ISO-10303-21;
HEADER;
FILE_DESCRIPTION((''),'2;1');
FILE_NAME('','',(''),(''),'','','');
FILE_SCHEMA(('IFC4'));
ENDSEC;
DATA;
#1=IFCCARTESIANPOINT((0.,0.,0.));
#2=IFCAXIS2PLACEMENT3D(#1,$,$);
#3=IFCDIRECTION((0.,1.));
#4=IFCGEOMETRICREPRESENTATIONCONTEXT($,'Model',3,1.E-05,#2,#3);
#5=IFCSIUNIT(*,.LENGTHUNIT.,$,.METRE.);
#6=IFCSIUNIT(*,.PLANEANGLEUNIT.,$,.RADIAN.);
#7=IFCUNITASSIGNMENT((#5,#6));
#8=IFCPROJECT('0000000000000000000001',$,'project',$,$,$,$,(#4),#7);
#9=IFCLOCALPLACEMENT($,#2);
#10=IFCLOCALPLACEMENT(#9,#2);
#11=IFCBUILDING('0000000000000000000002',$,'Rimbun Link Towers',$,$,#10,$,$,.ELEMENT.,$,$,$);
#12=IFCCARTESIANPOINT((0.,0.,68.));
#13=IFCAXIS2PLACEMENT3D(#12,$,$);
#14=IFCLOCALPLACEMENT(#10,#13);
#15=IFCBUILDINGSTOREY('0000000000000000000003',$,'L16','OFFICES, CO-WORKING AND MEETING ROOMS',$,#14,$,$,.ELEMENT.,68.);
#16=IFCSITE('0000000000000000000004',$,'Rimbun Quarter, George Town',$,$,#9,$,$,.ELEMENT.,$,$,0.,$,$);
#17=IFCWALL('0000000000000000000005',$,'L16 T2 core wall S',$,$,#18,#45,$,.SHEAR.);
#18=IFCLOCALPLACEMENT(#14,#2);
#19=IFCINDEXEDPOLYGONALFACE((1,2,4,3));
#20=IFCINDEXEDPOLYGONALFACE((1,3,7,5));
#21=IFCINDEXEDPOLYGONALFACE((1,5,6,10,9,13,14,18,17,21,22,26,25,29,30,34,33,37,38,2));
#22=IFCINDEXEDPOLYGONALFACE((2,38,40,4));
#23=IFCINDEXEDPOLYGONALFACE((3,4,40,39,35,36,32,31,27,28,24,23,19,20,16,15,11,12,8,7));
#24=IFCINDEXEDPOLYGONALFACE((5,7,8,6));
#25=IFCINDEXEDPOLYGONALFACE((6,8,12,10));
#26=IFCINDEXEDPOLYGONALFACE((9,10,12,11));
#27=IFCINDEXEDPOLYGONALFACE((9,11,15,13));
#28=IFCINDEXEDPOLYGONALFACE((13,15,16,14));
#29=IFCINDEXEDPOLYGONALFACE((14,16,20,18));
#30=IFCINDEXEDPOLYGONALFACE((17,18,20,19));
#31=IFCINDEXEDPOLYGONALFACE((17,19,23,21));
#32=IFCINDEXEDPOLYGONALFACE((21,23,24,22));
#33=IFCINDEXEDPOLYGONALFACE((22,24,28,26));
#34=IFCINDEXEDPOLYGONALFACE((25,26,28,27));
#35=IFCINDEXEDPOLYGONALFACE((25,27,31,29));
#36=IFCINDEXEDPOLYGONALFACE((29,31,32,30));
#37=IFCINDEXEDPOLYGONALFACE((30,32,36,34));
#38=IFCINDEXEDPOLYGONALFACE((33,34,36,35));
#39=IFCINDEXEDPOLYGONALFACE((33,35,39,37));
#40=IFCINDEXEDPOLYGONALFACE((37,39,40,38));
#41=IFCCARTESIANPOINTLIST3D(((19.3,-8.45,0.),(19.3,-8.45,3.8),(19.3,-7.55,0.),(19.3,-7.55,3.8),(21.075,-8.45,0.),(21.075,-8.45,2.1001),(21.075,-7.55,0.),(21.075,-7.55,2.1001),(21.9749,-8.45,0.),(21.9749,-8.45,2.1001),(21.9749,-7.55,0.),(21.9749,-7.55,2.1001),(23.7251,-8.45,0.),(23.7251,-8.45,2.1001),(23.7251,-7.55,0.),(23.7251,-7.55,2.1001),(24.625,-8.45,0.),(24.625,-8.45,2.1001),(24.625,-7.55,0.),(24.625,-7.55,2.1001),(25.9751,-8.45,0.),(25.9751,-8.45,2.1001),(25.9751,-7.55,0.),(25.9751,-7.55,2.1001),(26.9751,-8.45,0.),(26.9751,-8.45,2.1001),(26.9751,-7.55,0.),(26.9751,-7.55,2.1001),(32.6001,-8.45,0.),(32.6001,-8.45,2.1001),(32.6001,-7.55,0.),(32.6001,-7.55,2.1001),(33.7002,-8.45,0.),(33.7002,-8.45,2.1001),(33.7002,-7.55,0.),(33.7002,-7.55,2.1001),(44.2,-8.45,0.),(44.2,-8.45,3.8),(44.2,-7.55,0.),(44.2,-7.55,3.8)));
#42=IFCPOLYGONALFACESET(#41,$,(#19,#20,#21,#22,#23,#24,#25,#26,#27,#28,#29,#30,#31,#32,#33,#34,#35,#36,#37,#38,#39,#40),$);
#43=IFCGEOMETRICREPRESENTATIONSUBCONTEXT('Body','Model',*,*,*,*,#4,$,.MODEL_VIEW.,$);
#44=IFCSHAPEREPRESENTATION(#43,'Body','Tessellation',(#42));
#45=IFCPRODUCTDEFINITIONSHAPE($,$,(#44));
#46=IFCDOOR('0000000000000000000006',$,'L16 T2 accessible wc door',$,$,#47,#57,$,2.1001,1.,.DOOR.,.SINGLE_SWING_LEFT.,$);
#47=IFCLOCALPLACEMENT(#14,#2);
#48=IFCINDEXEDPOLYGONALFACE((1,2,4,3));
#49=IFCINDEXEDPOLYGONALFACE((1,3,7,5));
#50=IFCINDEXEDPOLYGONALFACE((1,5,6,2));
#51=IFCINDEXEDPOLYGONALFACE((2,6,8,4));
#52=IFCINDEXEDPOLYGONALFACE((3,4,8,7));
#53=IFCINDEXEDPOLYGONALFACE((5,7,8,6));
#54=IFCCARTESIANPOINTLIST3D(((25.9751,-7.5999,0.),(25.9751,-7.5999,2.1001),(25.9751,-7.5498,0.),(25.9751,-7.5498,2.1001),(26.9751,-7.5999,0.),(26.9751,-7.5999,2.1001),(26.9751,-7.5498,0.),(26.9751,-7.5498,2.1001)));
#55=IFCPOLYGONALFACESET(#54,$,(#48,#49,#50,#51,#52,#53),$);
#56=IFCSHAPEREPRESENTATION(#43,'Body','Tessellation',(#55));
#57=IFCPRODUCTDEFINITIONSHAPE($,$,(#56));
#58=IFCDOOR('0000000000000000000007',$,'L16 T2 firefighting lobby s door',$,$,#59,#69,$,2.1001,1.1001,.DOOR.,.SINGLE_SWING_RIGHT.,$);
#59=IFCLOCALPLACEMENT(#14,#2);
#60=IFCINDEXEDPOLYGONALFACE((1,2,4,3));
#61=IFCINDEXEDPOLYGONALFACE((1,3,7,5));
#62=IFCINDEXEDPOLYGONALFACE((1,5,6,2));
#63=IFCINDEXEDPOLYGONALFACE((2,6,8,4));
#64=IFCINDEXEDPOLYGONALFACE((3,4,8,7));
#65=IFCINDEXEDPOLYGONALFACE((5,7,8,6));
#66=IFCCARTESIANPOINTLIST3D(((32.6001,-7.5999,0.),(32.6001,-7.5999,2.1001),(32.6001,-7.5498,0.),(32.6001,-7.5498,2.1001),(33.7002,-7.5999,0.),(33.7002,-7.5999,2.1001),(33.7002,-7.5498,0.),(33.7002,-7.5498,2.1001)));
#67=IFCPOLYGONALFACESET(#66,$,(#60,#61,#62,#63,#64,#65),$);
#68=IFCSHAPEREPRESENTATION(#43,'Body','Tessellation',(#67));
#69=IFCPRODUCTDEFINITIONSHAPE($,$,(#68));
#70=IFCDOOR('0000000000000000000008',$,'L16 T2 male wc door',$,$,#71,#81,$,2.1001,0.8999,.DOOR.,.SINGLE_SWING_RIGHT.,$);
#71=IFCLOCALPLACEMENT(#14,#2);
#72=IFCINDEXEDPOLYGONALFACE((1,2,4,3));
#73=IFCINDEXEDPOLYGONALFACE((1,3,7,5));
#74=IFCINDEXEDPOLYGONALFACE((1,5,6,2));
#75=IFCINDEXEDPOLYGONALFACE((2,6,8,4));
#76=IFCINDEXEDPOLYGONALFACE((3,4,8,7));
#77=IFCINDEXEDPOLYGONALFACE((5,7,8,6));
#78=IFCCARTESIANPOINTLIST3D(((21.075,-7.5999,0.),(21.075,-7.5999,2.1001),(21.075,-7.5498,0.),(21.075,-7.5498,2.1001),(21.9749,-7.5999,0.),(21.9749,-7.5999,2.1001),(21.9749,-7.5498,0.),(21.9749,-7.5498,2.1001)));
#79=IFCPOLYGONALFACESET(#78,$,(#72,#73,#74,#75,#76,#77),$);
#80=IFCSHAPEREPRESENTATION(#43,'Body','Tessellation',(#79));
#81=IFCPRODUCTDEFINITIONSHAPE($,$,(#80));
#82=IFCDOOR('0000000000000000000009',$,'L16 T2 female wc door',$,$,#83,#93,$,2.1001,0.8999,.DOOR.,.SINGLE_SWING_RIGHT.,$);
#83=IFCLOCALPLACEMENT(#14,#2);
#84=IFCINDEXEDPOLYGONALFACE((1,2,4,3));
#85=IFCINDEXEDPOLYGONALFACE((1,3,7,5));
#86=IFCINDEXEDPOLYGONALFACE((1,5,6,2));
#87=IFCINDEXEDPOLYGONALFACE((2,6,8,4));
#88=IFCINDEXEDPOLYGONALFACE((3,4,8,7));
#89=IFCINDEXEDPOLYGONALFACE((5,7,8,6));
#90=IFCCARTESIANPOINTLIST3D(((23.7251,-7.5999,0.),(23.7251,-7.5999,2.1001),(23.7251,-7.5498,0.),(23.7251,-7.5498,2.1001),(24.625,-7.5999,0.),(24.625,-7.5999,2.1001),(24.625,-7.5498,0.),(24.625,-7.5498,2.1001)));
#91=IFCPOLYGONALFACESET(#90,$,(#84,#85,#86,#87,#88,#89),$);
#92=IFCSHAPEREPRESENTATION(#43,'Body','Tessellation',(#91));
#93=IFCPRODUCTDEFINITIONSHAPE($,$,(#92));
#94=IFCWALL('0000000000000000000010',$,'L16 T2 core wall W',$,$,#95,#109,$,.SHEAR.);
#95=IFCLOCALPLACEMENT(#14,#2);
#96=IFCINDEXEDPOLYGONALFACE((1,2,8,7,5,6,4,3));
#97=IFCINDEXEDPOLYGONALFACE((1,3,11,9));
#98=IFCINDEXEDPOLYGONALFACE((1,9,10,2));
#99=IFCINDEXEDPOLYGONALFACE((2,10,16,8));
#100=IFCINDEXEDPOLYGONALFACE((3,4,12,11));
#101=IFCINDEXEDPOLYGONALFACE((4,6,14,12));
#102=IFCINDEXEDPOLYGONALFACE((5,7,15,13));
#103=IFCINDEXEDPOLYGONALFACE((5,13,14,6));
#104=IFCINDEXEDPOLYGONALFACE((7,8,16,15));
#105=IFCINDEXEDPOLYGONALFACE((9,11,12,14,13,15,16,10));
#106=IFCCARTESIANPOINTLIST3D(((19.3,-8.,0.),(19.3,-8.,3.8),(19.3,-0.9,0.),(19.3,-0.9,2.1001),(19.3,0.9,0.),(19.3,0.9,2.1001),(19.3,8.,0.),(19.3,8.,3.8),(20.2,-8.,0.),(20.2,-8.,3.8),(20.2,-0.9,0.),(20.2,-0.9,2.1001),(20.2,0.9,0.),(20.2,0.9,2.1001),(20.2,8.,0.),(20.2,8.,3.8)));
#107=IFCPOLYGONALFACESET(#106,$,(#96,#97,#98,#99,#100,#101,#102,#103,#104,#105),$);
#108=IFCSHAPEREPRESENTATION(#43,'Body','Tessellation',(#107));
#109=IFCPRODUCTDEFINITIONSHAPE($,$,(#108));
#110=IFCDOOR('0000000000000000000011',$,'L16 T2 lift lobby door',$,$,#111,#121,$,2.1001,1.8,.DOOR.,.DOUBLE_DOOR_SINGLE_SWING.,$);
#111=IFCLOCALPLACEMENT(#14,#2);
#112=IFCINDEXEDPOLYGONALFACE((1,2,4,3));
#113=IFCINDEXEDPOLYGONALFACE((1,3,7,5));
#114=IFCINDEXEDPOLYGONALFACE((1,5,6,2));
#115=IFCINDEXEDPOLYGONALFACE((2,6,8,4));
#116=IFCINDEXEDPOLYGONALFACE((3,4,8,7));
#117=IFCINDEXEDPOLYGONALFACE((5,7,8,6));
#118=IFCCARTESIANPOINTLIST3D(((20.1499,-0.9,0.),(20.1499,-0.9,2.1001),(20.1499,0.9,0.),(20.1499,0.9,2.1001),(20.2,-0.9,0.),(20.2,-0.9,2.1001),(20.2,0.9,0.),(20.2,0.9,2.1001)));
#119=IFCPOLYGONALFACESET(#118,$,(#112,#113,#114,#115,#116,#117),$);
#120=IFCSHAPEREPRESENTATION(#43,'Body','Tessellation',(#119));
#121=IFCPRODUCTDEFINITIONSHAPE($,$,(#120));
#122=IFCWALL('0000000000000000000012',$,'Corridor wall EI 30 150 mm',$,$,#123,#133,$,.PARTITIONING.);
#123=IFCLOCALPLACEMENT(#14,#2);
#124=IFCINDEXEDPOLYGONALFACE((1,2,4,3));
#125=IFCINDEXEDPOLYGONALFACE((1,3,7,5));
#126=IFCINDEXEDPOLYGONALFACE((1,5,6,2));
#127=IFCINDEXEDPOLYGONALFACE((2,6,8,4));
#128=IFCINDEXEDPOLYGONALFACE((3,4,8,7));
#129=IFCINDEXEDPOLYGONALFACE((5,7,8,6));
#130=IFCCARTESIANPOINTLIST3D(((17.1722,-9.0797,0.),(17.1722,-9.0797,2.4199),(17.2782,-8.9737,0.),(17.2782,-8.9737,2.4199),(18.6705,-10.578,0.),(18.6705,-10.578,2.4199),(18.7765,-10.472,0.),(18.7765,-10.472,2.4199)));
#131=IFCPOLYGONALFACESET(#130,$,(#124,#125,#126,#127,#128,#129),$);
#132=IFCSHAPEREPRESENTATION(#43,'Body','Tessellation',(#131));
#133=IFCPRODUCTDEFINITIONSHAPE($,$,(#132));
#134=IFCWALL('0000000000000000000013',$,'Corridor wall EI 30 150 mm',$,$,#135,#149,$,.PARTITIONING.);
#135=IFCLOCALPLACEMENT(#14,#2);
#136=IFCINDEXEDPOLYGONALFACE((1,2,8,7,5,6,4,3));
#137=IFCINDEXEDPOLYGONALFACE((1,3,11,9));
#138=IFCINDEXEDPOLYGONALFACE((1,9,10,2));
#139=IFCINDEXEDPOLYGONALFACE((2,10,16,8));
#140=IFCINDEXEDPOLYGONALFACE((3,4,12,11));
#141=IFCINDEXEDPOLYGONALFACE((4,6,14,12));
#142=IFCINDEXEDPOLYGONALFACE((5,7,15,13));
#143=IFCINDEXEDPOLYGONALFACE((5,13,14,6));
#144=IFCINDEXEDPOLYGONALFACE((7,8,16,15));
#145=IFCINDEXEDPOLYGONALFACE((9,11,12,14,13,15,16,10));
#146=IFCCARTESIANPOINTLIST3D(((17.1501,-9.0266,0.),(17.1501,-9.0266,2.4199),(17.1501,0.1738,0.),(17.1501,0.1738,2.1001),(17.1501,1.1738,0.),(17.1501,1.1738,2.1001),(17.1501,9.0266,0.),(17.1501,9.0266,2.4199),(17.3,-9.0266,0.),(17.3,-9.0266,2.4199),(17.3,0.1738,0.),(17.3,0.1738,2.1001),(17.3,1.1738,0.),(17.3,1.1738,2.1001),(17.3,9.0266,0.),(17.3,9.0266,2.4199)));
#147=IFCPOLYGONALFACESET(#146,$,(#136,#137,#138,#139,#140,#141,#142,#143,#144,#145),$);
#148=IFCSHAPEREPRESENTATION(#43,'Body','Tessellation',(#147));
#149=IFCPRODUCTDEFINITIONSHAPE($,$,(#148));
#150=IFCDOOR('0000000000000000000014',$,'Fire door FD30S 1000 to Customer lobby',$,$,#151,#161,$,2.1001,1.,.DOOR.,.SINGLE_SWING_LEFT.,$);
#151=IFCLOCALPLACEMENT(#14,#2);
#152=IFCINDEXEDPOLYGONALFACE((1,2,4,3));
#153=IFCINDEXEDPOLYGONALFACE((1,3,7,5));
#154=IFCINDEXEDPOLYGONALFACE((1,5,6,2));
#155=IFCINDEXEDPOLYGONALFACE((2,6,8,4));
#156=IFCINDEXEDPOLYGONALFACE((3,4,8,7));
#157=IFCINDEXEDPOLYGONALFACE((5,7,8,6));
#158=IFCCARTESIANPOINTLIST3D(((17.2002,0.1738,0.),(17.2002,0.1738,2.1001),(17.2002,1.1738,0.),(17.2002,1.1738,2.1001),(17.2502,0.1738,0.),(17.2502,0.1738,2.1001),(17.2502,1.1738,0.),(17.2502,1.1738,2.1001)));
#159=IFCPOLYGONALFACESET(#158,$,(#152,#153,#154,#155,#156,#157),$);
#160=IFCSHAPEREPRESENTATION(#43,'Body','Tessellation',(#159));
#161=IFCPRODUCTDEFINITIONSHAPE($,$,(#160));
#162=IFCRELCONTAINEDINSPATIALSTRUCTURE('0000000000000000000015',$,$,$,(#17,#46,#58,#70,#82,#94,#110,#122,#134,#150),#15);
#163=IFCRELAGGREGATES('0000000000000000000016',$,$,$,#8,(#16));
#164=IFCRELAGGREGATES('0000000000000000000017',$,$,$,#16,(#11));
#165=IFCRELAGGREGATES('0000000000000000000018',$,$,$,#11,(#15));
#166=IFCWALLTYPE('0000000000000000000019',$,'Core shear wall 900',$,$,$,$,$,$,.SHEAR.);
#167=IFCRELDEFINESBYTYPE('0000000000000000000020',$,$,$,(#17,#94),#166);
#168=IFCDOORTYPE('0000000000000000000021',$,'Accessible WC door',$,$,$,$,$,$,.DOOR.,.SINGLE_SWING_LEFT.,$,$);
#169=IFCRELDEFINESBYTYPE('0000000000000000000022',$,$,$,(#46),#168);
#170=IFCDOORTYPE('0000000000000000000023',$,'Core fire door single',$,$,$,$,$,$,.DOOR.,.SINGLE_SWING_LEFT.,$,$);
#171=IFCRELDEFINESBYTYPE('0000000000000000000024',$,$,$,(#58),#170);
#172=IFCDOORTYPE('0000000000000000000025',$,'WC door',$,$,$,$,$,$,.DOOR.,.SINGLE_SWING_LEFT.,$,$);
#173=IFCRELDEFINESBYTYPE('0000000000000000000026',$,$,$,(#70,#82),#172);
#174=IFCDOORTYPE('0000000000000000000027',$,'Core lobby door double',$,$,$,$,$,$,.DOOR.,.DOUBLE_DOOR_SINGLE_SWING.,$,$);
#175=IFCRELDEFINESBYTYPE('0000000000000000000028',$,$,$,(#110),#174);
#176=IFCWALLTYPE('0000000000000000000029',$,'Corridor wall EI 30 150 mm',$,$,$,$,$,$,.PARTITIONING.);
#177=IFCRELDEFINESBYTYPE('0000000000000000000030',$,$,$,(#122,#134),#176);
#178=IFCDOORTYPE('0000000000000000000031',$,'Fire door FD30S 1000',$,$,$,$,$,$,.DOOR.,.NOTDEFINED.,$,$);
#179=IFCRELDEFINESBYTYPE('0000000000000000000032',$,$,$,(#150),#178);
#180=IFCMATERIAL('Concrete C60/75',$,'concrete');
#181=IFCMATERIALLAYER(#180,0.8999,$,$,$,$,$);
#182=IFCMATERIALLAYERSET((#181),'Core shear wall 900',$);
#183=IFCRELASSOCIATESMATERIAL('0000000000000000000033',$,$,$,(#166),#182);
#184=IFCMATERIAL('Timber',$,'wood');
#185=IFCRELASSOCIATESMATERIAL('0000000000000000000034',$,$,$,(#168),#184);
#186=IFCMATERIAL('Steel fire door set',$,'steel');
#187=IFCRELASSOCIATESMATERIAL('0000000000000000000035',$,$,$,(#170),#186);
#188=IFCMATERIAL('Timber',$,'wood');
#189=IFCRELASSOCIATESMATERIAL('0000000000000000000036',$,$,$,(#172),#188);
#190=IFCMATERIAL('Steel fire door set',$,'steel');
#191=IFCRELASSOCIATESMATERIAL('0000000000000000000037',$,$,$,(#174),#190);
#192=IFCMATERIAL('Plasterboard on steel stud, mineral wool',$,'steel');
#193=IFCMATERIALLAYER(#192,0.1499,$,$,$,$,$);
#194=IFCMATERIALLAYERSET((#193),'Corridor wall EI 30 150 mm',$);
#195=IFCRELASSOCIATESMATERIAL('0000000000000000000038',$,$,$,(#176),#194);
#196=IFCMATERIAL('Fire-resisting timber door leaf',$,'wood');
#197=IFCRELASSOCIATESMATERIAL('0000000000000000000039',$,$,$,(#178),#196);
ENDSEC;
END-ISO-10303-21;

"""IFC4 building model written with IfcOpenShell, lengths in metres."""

from ifc_helpers import new_model, si_unit, direction, frame, frame_2d, origin, place, context, subcontext, project, spatial, rectangle, extrude, material, layer, layer_set, type_object, element, fill, save


model = new_model("IFC4")

# Units and contexts
model_context = context("Model", 3, precision=1e-05, world=origin(), true_north=direction((0.0, 1.0)))
body_context = subcontext(model_context, "Body", "Model", "MODEL_VIEW")
ifc_project = project(units=[si_unit("LENGTHUNIT", "METRE"), si_unit("PLANEANGLEUNIT", "RADIAN")], contexts=[model_context])

# Site, building, storey
site_placement = place(None, origin())
site = spatial("IfcSite", under=ifc_project, at=site_placement, Name="Rimbun Quarter, George Town", CompositionType="ELEMENT", RefElevation=0.0)
building_placement = place(site_placement, origin())
building = spatial("IfcBuilding", under=site, at=building_placement, Name="Rimbun Link Towers", CompositionType="ELEMENT")
storey_placement = place(building_placement, frame((0.0, 0.0, 68.0)))
storey = spatial("IfcBuildingStorey", under=building, at=storey_placement, Name="L16", Description="OFFICES, CO-WORKING AND MEETING ROOMS", CompositionType="ELEMENT", Elevation=68.0)

# Wall, openings, doors
ifc_material_1 = material(Name="Concrete C60/75", Category="concrete")
ifc_layer_1 = layer(ifc_material_1, 0.8999)
ifc_layer_set_1 = layer_set([ifc_layer_1], Name="Core shear wall 900")
wall_type_1 = type_object("IfcWallType", Name="Core shear wall 900", PredefinedType="SHEAR", material=ifc_layer_set_1)
wall_1_placement = place(storey_placement, frame((19.3, -8.0, 0.0), z_axis=(0.0, 0.0, 1.0), x_axis=(1.0, 0.0, 0.0)))
wall_1 = element("IfcWall", 1, at=wall_1_placement, inside=storey, type_object=wall_type_1, Name="L16 T2 core wall S", PredefinedType="SHEAR", context=body_context, shape_type="SweptSolid", body=[
    extrude(rectangle(XDim=24.8999, YDim=0.8999, at=frame_2d((12.45, 0.0))), origin(), (0.0, 0.0, 1.0), 3.8),
])
opening_1_placement = place(wall_1_placement, frame((13.3, 0.0, 0.0)))
opening_1 = element("IfcOpeningElement", 2, at=opening_1_placement, cuts=wall_1, PredefinedType="OPENING", context=body_context, shape_type="SweptSolid", body=[
    extrude(rectangle(XDim=1.1001, YDim=2.1001, at=frame_2d((0.55, 1.05))), frame((0.0, 0.46, 0.0), z_axis=(0.0, -1.0, 0.0), x_axis=(1.0, 0.0, 0.0)), (0.0, 0.0, 1.0), 0.9199),
])
opening_2_placement = place(wall_1_placement, frame((1.7749, 0.0, 0.0)))
opening_2 = element("IfcOpeningElement", 3, at=opening_2_placement, cuts=wall_1, PredefinedType="OPENING", context=body_context, shape_type="SweptSolid", body=[
    extrude(rectangle(XDim=0.8999, YDim=2.1001, at=frame_2d((0.45, 1.05))), frame((0.0, 0.46, 0.0), z_axis=(0.0, -1.0, 0.0), x_axis=(1.0, 0.0, 0.0)), (0.0, 0.0, 1.0), 0.9199),
])
opening_3_placement = place(wall_1_placement, frame((4.425, 0.0, 0.0)))
opening_3 = element("IfcOpeningElement", 4, at=opening_3_placement, cuts=wall_1, PredefinedType="OPENING", context=body_context, shape_type="SweptSolid", body=[
    extrude(rectangle(XDim=0.8999, YDim=2.1001, at=frame_2d((0.45, 1.05))), frame((0.0, 0.46, 0.0), z_axis=(0.0, -1.0, 0.0), x_axis=(1.0, 0.0, 0.0)), (0.0, 0.0, 1.0), 0.9199),
])
opening_4_placement = place(wall_1_placement, frame((6.675, 0.0, 0.0)))
opening_4 = element("IfcOpeningElement", 5, at=opening_4_placement, cuts=wall_1, PredefinedType="OPENING", context=body_context, shape_type="SweptSolid", body=[
    extrude(rectangle(XDim=1.0, YDim=2.1001, at=frame_2d((0.5, 1.05))), frame((0.0, 0.46, 0.0), z_axis=(0.0, -1.0, 0.0), x_axis=(1.0, 0.0, 0.0)), (0.0, 0.0, 1.0), 0.9199),
])
ifc_material_2 = material(Name="Timber", Category="wood")
door_type_1 = type_object("IfcDoorType", Name="Accessible WC door", OperationType="SINGLE_SWING_LEFT", PredefinedType="DOOR", material=ifc_material_2)
door_1_placement = place(opening_4_placement, origin())
door_1 = element("IfcDoor", 6, at=door_1_placement, inside=storey, type_object=door_type_1, Name="L16 T2 accessible wc door", OperationType="SINGLE_SWING_LEFT", OverallHeight=2.1001, OverallWidth=1.0, PredefinedType="DOOR", context=body_context, shape_type="SweptSolid", body=[
    extrude(rectangle(XDim=1.0, YDim=2.1001, at=frame_2d((0.5, 1.05))), frame((0.0, 0.4502, 0.0), z_axis=(0.0, -1.0, 0.0), x_axis=(1.0, 0.0, 0.0)), (0.0, 0.0, 1.0), 0.05),
])
fill(opening_4, door_1)
ifc_material_3 = material(Name="Steel fire door set", Category="steel")
door_type_2 = type_object("IfcDoorType", Name="Core fire door single", OperationType="SINGLE_SWING_LEFT", PredefinedType="DOOR", material=ifc_material_3)
door_2_placement = place(opening_1_placement, origin())
door_2 = element("IfcDoor", 7, at=door_2_placement, inside=storey, type_object=door_type_2, Name="L16 T2 firefighting lobby s door", OperationType="SINGLE_SWING_RIGHT", OverallHeight=2.1001, OverallWidth=1.1001, PredefinedType="DOOR", context=body_context, shape_type="SweptSolid", body=[
    extrude(rectangle(XDim=1.1001, YDim=2.1001, at=frame_2d((0.55, 1.05))), frame((0.0, 0.4502, 0.0), z_axis=(0.0, -1.0, 0.0), x_axis=(1.0, 0.0, 0.0)), (0.0, 0.0, 1.0), 0.05),
])
fill(opening_1, door_2)
ifc_material_4 = material(Name="Timber", Category="wood")
door_type_3 = type_object("IfcDoorType", Name="WC door", OperationType="SINGLE_SWING_LEFT", PredefinedType="DOOR", material=ifc_material_4)
door_3_placement = place(opening_2_placement, origin())
door_3 = element("IfcDoor", 8, at=door_3_placement, inside=storey, type_object=door_type_3, Name="L16 T2 male wc door", OperationType="SINGLE_SWING_RIGHT", OverallHeight=2.1001, OverallWidth=0.8999, PredefinedType="DOOR", context=body_context, shape_type="SweptSolid", body=[
    extrude(rectangle(XDim=0.8999, YDim=2.1001, at=frame_2d((0.45, 1.05))), frame((0.0, 0.4502, 0.0), z_axis=(0.0, -1.0, 0.0), x_axis=(1.0, 0.0, 0.0)), (0.0, 0.0, 1.0), 0.05),
])
fill(opening_2, door_3)
door_4_placement = place(opening_3_placement, origin())
door_4 = element("IfcDoor", 9, at=door_4_placement, inside=storey, type_object=door_type_3, Name="L16 T2 female wc door", OperationType="SINGLE_SWING_RIGHT", OverallHeight=2.1001, OverallWidth=0.8999, PredefinedType="DOOR", context=body_context, shape_type="SweptSolid", body=[
    extrude(rectangle(XDim=0.8999, YDim=2.1001, at=frame_2d((0.45, 1.05))), frame((0.0, 0.4502, 0.0), z_axis=(0.0, -1.0, 0.0), x_axis=(1.0, 0.0, 0.0)), (0.0, 0.0, 1.0), 0.05),
])
fill(opening_3, door_4)

# Wall, opening, door
wall_2_placement = place(storey_placement, frame((19.75, -8.0, 0.0), z_axis=(0.0, 0.0, 1.0), x_axis=(0.0, 1.0, 0.0)))
wall_2 = element("IfcWall", 10, at=wall_2_placement, inside=storey, type_object=wall_type_1, Name="L16 T2 core wall W", PredefinedType="SHEAR", context=body_context, shape_type="SweptSolid", body=[
    extrude(rectangle(XDim=16.0, YDim=0.8999, at=frame_2d((8.0, 0.0))), origin(), (0.0, 0.0, 1.0), 3.8),
])
opening_5_placement = place(wall_2_placement, frame((7.1001, 0.0, 0.0)))
opening_5 = element("IfcOpeningElement", 11, at=opening_5_placement, cuts=wall_2, PredefinedType="OPENING", context=body_context, shape_type="SweptSolid", body=[
    extrude(rectangle(XDim=1.8, YDim=2.1001, at=frame_2d((0.8999, 1.05))), frame((0.0, 0.46, 0.0), z_axis=(0.0, -1.0, 0.0), x_axis=(1.0, 0.0, 0.0)), (0.0, 0.0, 1.0), 0.9199),
])
ifc_material_5 = material(Name="Steel fire door set", Category="steel")
door_type_4 = type_object("IfcDoorType", Name="Core lobby door double", OperationType="DOUBLE_DOOR_SINGLE_SWING", PredefinedType="DOOR", material=ifc_material_5)
door_5_placement = place(opening_5_placement, origin())
door_5 = element("IfcDoor", 12, at=door_5_placement, inside=storey, type_object=door_type_4, Name="L16 T2 lift lobby door", OperationType="DOUBLE_DOOR_SINGLE_SWING", OverallHeight=2.1001, OverallWidth=1.8, PredefinedType="DOOR", context=body_context, shape_type="SweptSolid", body=[
    extrude(rectangle(XDim=1.8, YDim=2.1001, at=frame_2d((0.8999, 1.05))), frame((0.0, -0.3999, 0.0), z_axis=(0.0, -1.0, 0.0), x_axis=(1.0, 0.0, 0.0)), (0.0, 0.0, 1.0), 0.05),
])
fill(opening_5, door_5)

# Wall
ifc_material_6 = material(Name="Plasterboard on steel stud, mineral wool", Category="steel")
ifc_layer_2 = layer(ifc_material_6, 0.1499)
ifc_layer_set_2 = layer_set([ifc_layer_2], Name="Corridor wall EI 30 150 mm")
wall_type_2 = type_object("IfcWallType", Name="Corridor wall EI 30 150 mm", PredefinedType="PARTITIONING", material=ifc_layer_set_2)
wall_3_placement = place(storey_placement, frame((17.2251, -9.0266, 0.0), z_axis=(0.0, 0.0, 1.0), x_axis=(0.707107, -0.707107, 0.0)))
element("IfcWall", 13, at=wall_3_placement, inside=storey, type_object=wall_type_2, Name="Corridor wall EI 30 150 mm", PredefinedType="PARTITIONING", context=body_context, shape_type="SweptSolid", body=[
    extrude(rectangle(XDim=2.1189, YDim=0.1499, at=frame_2d((1.0596, 0.0))), origin(), (0.0, 0.0, 1.0), 2.4199),
])

# Wall, opening, door
wall_4_placement = place(storey_placement, frame((17.2251, -9.0266, 0.0), z_axis=(0.0, 0.0, 1.0), x_axis=(0.0, 1.0, 0.0)))
wall_4 = element("IfcWall", 14, at=wall_4_placement, inside=storey, type_object=wall_type_2, Name="Corridor wall EI 30 150 mm", PredefinedType="PARTITIONING", context=body_context, shape_type="SweptSolid", body=[
    extrude(rectangle(XDim=18.0532, YDim=0.1499, at=frame_2d((9.0266, 0.0))), origin(), (0.0, 0.0, 1.0), 2.4199),
])
opening_6_placement = place(wall_4_placement, frame((9.2004, 0.0, 0.0)))
opening_6 = element("IfcOpeningElement", 15, at=opening_6_placement, cuts=wall_4, PredefinedType="OPENING", context=body_context, shape_type="SweptSolid", body=[
    extrude(rectangle(XDim=1.0, YDim=2.1001, at=frame_2d((0.5, 1.05))), frame((0.0, 0.085, 0.0), z_axis=(0.0, -1.0, 0.0), x_axis=(1.0, 0.0, 0.0)), (0.0, 0.0, 1.0), 0.1699),
])
ifc_material_7 = material(Name="Fire-resisting timber door leaf", Category="wood")
door_type_5 = type_object("IfcDoorType", Name="Fire door FD30S 1000", OperationType="NOTDEFINED", PredefinedType="DOOR", material=ifc_material_7)
door_6_placement = place(opening_6_placement, origin())
door_6 = element("IfcDoor", 16, at=door_6_placement, inside=storey, type_object=door_type_5, Name="Fire door FD30S 1000 to Customer lobby", OperationType="SINGLE_SWING_LEFT", OverallHeight=2.1001, OverallWidth=1.0, PredefinedType="DOOR", context=body_context, shape_type="SweptSolid", body=[
    extrude(rectangle(XDim=1.0, YDim=2.1001, at=frame_2d((0.5, 1.05))), frame((0.0, 0.0249, 0.0), z_axis=(0.0, -1.0, 0.0), x_axis=(1.0, 0.0, 0.0)), (0.0, 0.0, 1.0), 0.05),
])
fill(opening_6, door_6)

save(model, "model.ifc")
